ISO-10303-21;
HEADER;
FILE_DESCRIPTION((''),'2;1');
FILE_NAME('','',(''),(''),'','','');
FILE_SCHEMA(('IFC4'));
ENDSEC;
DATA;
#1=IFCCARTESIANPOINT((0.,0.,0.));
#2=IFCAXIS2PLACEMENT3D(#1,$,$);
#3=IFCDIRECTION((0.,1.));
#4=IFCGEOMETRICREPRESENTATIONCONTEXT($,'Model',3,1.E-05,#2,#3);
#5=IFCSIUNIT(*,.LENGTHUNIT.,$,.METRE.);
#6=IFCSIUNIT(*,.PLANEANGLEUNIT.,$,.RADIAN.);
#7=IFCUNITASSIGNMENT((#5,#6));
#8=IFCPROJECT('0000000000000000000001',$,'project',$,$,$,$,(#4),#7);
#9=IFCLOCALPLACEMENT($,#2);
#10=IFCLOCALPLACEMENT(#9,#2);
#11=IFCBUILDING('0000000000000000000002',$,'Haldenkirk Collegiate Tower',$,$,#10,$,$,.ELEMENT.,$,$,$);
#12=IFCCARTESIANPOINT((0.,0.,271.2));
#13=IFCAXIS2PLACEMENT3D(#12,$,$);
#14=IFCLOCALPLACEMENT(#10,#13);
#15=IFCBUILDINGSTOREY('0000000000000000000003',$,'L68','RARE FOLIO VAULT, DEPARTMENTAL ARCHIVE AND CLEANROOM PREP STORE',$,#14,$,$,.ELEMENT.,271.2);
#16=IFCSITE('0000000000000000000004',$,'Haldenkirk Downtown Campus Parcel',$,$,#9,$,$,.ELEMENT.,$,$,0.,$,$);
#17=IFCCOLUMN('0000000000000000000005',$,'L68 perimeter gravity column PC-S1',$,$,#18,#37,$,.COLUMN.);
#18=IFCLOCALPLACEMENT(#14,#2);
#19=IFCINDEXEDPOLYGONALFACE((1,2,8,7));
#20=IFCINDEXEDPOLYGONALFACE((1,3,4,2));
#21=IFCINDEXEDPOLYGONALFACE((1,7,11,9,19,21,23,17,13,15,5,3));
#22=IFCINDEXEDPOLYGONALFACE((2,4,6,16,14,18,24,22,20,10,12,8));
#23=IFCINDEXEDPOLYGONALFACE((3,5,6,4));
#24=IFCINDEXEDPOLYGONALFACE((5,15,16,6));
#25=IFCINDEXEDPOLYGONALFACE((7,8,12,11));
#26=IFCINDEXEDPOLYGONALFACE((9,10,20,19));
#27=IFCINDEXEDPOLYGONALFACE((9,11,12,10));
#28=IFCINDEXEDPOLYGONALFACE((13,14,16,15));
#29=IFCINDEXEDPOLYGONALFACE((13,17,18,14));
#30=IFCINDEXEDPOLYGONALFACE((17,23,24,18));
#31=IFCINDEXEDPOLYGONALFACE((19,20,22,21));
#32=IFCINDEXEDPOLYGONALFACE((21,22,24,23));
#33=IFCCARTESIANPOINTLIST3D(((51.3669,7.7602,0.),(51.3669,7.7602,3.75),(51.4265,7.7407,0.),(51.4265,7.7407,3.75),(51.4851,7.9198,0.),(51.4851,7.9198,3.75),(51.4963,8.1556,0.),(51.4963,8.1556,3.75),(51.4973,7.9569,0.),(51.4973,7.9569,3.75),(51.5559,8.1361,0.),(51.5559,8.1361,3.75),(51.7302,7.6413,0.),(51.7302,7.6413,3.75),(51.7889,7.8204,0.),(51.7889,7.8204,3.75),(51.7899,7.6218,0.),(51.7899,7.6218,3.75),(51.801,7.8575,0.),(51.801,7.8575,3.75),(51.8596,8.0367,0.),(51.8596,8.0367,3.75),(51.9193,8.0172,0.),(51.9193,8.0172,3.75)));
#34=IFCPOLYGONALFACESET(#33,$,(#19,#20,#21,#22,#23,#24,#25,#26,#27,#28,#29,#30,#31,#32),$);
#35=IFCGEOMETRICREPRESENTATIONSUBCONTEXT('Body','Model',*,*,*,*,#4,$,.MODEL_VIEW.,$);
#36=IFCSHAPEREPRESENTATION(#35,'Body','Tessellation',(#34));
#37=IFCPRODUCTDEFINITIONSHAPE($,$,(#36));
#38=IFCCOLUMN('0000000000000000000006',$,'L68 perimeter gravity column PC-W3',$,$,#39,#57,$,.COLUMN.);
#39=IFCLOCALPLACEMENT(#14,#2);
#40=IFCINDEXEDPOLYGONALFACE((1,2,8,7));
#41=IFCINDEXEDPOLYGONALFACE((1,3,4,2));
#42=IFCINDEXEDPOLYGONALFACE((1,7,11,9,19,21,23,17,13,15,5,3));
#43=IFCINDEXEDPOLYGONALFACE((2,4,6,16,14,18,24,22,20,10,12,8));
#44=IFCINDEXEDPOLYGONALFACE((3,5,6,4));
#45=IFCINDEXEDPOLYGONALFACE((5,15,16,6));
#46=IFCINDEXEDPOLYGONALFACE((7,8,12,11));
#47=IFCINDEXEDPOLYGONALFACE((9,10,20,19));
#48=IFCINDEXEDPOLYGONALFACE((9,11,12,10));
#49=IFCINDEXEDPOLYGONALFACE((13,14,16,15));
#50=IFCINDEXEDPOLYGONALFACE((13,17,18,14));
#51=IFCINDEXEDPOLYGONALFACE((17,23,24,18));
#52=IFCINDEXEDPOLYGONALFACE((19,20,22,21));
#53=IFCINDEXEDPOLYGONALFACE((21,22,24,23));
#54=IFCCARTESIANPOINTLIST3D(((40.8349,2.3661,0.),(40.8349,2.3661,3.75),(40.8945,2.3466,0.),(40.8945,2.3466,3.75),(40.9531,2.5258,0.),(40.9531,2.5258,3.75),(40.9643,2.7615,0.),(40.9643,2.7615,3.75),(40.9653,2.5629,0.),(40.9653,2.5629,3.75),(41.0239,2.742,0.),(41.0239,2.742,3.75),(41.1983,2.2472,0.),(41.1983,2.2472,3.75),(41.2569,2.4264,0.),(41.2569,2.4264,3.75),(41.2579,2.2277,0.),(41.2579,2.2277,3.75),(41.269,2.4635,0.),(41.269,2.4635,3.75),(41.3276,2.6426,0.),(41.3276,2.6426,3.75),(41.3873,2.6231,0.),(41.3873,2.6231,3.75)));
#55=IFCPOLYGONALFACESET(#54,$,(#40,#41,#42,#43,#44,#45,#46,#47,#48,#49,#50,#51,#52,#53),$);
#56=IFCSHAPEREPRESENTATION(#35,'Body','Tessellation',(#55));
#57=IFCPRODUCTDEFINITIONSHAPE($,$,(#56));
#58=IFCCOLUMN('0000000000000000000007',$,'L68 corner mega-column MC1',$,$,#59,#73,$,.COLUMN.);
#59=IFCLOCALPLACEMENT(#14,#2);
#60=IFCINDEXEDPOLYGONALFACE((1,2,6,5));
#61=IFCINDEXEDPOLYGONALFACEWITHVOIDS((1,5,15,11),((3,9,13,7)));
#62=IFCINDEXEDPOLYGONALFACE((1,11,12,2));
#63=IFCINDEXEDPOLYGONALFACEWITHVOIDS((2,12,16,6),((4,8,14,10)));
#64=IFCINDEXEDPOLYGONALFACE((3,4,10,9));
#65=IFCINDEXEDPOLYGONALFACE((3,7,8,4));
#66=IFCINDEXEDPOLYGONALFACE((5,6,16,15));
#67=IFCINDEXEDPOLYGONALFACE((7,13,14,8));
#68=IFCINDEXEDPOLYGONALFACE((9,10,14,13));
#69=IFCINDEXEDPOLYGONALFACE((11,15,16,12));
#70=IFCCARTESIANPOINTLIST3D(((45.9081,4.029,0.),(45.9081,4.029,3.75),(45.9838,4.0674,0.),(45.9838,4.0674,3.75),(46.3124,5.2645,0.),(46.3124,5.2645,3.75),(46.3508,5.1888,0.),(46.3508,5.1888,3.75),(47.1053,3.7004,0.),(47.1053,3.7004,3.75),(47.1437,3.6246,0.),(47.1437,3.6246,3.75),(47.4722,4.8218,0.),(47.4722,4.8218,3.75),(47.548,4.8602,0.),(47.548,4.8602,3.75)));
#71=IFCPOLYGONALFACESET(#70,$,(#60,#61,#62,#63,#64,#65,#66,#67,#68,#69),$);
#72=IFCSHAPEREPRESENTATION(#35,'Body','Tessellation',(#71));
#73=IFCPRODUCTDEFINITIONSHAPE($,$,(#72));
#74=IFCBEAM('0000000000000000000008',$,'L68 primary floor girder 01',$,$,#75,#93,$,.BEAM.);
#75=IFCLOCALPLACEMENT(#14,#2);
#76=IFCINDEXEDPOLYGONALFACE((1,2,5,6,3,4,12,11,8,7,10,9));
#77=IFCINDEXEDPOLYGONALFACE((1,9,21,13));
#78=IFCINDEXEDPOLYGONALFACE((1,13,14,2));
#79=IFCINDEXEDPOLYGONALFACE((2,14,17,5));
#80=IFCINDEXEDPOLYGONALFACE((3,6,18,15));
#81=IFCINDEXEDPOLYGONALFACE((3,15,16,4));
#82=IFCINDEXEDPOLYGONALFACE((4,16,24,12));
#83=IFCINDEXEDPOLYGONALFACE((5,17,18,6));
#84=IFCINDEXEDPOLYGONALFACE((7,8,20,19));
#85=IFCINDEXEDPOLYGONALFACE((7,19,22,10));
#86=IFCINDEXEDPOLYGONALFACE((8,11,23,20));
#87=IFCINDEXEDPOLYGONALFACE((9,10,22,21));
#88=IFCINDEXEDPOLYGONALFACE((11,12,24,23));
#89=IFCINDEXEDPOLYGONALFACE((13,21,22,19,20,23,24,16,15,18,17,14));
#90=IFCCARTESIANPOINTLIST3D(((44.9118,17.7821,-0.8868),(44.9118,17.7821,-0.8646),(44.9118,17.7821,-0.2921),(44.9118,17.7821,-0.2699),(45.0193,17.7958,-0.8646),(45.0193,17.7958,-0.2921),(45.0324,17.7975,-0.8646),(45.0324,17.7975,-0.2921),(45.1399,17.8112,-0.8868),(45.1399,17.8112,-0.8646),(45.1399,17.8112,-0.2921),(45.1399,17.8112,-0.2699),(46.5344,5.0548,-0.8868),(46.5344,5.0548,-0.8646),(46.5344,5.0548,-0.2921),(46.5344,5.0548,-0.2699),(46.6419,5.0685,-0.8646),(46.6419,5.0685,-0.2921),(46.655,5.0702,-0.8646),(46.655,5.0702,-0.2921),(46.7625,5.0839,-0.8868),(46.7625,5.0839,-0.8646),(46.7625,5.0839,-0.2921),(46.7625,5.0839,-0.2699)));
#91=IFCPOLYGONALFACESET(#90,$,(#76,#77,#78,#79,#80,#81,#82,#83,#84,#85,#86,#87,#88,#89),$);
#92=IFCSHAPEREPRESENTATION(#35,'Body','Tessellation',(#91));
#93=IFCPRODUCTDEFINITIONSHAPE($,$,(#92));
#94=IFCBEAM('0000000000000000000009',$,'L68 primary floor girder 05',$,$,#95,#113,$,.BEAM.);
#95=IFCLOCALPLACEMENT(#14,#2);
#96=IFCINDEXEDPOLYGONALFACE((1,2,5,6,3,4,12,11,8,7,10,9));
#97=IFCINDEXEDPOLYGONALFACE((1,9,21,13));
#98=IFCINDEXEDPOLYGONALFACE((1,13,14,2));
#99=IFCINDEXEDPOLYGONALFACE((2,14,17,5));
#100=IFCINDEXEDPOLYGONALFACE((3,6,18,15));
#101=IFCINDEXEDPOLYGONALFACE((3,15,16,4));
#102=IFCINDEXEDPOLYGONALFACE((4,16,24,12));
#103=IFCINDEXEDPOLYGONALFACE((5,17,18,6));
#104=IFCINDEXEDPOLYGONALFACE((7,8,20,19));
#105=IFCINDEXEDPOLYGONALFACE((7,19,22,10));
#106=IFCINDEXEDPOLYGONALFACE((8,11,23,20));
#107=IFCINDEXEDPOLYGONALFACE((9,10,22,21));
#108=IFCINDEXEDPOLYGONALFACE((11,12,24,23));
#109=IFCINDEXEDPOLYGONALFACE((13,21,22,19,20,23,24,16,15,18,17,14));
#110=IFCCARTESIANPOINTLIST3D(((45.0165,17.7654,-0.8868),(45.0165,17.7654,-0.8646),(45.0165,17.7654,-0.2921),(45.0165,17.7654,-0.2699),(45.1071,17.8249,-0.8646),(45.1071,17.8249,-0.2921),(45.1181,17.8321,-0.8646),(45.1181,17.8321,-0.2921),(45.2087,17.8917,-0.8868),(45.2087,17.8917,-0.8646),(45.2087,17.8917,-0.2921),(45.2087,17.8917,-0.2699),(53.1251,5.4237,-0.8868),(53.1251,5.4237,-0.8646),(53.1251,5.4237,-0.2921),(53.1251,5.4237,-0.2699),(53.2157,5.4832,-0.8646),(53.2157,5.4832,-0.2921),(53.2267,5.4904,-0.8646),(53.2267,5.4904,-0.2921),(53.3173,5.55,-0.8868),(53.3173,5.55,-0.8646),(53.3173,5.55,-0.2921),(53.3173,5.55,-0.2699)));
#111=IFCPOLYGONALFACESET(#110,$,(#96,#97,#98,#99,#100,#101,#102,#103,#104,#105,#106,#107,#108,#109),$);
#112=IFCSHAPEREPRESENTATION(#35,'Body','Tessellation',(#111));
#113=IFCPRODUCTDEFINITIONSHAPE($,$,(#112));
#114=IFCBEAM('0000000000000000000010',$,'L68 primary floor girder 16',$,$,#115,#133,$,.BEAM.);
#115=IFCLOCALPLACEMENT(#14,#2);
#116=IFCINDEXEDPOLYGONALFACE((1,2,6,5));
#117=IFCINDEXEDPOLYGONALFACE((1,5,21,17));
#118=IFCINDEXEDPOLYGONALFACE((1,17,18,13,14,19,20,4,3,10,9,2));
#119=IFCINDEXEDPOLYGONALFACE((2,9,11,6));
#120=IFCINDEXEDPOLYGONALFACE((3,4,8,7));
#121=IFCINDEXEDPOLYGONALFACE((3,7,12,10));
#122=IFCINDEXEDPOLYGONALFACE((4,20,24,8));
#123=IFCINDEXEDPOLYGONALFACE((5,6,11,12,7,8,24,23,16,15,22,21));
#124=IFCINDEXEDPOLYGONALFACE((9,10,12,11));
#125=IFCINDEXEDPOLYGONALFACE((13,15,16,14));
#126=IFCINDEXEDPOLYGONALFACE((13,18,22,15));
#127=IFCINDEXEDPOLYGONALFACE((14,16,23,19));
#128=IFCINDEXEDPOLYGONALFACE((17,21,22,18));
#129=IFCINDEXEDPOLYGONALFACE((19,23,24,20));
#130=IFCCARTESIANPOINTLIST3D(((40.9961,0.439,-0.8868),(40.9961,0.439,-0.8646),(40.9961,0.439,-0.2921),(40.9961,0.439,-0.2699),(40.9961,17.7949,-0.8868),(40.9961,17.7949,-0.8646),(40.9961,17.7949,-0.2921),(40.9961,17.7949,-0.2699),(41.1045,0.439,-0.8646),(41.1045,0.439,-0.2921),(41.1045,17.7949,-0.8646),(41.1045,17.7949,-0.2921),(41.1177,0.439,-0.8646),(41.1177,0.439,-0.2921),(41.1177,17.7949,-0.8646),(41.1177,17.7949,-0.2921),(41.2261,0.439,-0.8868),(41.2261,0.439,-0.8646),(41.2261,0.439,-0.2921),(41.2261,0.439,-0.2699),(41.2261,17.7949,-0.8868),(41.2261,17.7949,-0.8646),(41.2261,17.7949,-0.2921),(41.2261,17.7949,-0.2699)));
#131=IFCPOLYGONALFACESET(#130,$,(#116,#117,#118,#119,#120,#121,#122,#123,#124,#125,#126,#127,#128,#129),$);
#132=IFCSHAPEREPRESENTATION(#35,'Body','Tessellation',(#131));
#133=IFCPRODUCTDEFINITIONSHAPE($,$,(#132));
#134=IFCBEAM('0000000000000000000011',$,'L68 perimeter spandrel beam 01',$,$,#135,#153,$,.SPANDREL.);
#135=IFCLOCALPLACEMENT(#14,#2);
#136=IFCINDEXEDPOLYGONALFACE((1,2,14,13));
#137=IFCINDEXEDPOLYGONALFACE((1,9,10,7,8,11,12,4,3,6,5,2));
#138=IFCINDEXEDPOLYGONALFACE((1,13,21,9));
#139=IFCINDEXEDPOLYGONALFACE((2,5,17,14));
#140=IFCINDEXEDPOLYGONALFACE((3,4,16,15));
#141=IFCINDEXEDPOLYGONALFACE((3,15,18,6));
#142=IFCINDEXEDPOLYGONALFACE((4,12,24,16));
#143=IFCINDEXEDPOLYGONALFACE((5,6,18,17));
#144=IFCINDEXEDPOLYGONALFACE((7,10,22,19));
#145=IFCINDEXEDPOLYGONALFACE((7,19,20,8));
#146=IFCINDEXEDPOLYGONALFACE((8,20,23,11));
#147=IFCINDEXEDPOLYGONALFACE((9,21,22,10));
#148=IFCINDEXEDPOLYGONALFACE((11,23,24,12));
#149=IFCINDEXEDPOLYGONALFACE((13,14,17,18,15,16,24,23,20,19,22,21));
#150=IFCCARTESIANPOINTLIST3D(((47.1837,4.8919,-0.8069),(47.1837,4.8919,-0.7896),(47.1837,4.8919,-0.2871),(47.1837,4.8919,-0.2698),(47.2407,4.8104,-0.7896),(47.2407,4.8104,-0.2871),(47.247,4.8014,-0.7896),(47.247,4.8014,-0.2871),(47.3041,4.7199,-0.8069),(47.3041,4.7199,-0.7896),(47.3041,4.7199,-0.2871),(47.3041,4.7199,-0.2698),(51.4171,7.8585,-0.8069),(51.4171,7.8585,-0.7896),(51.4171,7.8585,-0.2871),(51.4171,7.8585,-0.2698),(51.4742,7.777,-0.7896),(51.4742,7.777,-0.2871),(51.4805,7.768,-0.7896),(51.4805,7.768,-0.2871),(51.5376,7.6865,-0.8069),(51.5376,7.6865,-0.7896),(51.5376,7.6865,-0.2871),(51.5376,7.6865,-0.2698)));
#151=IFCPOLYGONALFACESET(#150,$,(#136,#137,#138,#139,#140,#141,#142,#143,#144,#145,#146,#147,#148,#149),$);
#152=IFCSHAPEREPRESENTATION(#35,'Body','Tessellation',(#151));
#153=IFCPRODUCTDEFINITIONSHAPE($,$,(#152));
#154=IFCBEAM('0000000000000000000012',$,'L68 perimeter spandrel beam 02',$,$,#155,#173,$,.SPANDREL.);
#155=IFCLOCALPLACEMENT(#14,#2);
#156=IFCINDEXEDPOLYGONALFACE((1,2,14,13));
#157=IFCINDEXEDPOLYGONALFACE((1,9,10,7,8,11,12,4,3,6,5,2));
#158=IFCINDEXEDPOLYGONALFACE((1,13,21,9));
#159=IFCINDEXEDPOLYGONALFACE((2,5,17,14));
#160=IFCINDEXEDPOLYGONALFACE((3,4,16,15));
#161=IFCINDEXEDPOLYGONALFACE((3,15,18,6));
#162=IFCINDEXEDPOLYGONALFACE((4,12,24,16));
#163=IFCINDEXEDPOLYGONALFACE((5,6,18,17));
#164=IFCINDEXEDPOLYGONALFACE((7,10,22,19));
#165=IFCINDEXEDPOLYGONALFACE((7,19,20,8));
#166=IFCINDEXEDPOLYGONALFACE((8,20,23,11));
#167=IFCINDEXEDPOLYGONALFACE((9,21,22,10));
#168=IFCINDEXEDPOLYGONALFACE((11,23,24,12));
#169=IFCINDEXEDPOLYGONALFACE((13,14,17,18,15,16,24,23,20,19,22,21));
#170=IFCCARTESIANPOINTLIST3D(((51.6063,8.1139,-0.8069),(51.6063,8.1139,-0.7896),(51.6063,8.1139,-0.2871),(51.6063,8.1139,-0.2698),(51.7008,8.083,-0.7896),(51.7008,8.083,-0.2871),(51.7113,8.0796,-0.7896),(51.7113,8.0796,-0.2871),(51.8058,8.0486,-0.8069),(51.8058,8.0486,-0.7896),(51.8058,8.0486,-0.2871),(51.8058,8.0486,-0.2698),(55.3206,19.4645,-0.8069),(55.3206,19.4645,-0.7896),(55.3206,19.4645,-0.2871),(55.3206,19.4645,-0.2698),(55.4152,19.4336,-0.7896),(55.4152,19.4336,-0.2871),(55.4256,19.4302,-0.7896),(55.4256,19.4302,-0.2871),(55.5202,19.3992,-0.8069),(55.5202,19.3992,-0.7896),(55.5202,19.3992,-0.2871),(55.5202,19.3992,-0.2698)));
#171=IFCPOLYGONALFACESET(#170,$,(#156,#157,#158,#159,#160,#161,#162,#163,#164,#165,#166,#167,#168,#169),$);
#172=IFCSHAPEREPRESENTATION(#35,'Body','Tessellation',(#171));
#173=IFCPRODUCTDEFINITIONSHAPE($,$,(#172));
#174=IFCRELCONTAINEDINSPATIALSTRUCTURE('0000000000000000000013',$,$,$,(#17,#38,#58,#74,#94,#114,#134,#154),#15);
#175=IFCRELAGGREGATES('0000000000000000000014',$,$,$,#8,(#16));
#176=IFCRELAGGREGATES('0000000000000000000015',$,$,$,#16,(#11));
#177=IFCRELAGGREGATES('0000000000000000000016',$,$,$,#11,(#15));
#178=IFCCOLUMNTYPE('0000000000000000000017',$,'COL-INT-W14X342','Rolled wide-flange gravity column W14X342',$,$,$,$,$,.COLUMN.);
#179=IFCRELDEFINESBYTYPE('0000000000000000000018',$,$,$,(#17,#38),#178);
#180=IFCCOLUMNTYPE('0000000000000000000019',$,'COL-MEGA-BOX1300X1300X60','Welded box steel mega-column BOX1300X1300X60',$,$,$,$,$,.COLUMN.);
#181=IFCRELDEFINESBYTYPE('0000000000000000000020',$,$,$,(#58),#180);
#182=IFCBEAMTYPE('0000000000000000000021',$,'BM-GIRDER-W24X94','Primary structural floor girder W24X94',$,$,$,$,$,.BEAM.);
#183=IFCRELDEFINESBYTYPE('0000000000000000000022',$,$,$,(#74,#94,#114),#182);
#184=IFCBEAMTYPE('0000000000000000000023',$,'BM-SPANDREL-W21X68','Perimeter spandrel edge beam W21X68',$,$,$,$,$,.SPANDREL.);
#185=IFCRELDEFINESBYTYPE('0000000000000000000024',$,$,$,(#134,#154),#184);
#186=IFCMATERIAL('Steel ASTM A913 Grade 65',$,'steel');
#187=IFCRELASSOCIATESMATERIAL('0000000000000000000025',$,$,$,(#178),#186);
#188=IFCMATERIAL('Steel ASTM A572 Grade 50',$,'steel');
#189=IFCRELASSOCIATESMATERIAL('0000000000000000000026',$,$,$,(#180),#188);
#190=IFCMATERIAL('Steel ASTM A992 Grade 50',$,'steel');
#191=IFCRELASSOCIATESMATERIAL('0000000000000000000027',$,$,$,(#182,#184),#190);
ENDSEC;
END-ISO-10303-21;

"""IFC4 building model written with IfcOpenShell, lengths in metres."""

from ifc_helpers import new_model, si_unit, direction, frame, origin, origin_2d, place, context, subcontext, project, spatial, hollow_rectangle, i_section, extrude, material, material_profile, profile_set, type_object, element, save


model = new_model("IFC4")

# Units and contexts
model_context = context("Model", 3, precision=1e-05, world=origin(), true_north=direction((0.0, 1.0)))
body_context = subcontext(model_context, "Body", "Model", "MODEL_VIEW")
ifc_project = project(units=[si_unit("LENGTHUNIT", "METRE"), si_unit("PLANEANGLEUNIT", "RADIAN")], contexts=[model_context])

# Site, building, storey
site_placement = place(None, origin())
site = spatial("IfcSite", under=ifc_project, at=site_placement, Name="Haldenkirk Downtown Campus Parcel", CompositionType="ELEMENT", RefElevation=0.0)
building_placement = place(site_placement, origin())
building = spatial("IfcBuilding", under=site, at=building_placement, Name="Haldenkirk Collegiate Tower", CompositionType="ELEMENT")
storey_placement = place(building_placement, frame((0.0, 0.0, 271.2)))
storey = spatial("IfcBuildingStorey", under=building, at=storey_placement, Name="L68", Description="RARE FOLIO VAULT, DEPARTMENTAL ARCHIVE AND CLEANROOM PREP STORE", CompositionType="ELEMENT", Elevation=271.2)

# Columns
ifc_material_1 = material(Name="Steel ASTM A913 Grade 65", Category="steel")
ifc_material_profile_1 = material_profile(ifc_material_1, i_section(OverallWidth=0.416, OverallDepth=0.4451, WebThickness=0.0391, FlangeThickness=0.0627, at=origin_2d()), Name="W14X342")
ifc_profile_set_1 = profile_set([ifc_material_profile_1], Name="Steel ASTM A913 Grade 65")
column_type_1 = type_object("IfcColumnType", Name="COL-INT-W14X342", Description="Rolled wide-flange gravity column W14X342", PredefinedType="COLUMN", material=ifc_profile_set_1)
for number, where, z_axis, x_axis, name in (
    (1, (51.6431, 7.8887, 0.0), (0.0, 0.0, 1.0), (0.311008, 0.950407, 0.0), "L68 perimeter gravity column PC-S1"),
    (2, (41.1111, 2.4946, 0.0), (0.0, 0.0, 1.0), (0.311008, 0.950407, 0.0), "L68 perimeter gravity column PC-W3"),
):
    element("IfcColumn", number, at=place(storey_placement, frame(where, z_axis=z_axis, x_axis=x_axis)), inside=storey, type_object=column_type_1, Name=name, PredefinedType="COLUMN", context=body_context, shape_type="SweptSolid", body=[
        extrude(i_section(OverallWidth=0.416, OverallDepth=0.4451, WebThickness=0.0391, FlangeThickness=0.0627, at=origin_2d()), origin(), (0.0, 0.0, 1.0), 3.75),
    ])
ifc_material_2 = material(Name="Steel ASTM A572 Grade 50", Category="steel")
ifc_material_profile_2 = material_profile(ifc_material_2, hollow_rectangle(XDim=1.3, YDim=1.3, WallThickness=0.0601, at=origin_2d()), Name="BOX1300X1300X60")
ifc_profile_set_2 = profile_set([ifc_material_profile_2], Name="Steel ASTM A572 Grade 50")
column_type_2 = type_object("IfcColumnType", Name="COL-MEGA-BOX1300X1300X60", Description="Welded box steel mega-column BOX1300X1300X60", PredefinedType="COLUMN", material=ifc_profile_set_2)
column_placement = place(storey_placement, frame((46.728, 4.4446, 0.0), z_axis=(0.0, 0.0, 1.0), x_axis=(0.311008, 0.950407, 0.0)))
element("IfcColumn", 3, at=column_placement, inside=storey, type_object=column_type_2, Name="L68 corner mega-column MC1", PredefinedType="COLUMN", context=body_context, shape_type="SweptSolid", body=[
    extrude(hollow_rectangle(XDim=1.3, YDim=1.3, WallThickness=0.0601, at=origin_2d()), origin(), (0.0, 0.0, 1.0), 3.75),
])

# Beams
ifc_material_3 = material(Name="Steel ASTM A992 Grade 50", Category="steel")
ifc_material_profile_3 = material_profile(ifc_material_3, i_section(OverallWidth=0.23, OverallDepth=0.6169, WebThickness=0.0132, FlangeThickness=0.0222, at=origin_2d()), Name="W24X94")
ifc_profile_set_3 = profile_set([ifc_material_profile_3], Name="Steel ASTM A992 Grade 50")
beam_type_1 = type_object("IfcBeamType", Name="BM-GIRDER-W24X94", Description="Primary structural floor girder W24X94", PredefinedType="BEAM", material=ifc_profile_set_3)
beam_1_placement = place(storey_placement, frame((46.6484, 5.0693, -0.5784), z_axis=(-0.126463, 0.991971, 0.0), x_axis=(-0.991971, -0.126463, 0.0)))
element("IfcBeam", 4, at=beam_1_placement, inside=storey, type_object=beam_type_1, Name="L68 primary floor girder 01", PredefinedType="BEAM", context=body_context, shape_type="SweptSolid", body=[
    extrude(i_section(OverallWidth=0.23, OverallDepth=0.6169, WebThickness=0.0132, FlangeThickness=0.0222, at=origin_2d()), origin(), (0.0, 0.0, 1.0), 12.8303),
])
beam_2_placement = place(storey_placement, frame((53.2212, 5.4868, -0.5784), z_axis=(-0.549098, 0.835758, 0.0), x_axis=(-0.835758, -0.549098, 0.0)))
element("IfcBeam", 5, at=beam_2_placement, inside=storey, type_object=beam_type_1, Name="L68 primary floor girder 05", PredefinedType="BEAM", context=body_context, shape_type="SweptSolid", body=[
    extrude(i_section(OverallWidth=0.23, OverallDepth=0.6169, WebThickness=0.0132, FlangeThickness=0.0222, at=origin_2d()), origin(), (0.0, 0.0, 1.0), 14.7671),
])
beam_3_placement = place(storey_placement, frame((41.1111, 0.439, -0.5784), z_axis=(0.0, 1.0, 0.0), x_axis=(-1.0, 0.0, 0.0)))
element("IfcBeam", 6, at=beam_3_placement, inside=storey, type_object=beam_type_1, Name="L68 primary floor girder 16", PredefinedType="BEAM", context=body_context, shape_type="SweptSolid", body=[
    extrude(i_section(OverallWidth=0.23, OverallDepth=0.6169, WebThickness=0.0132, FlangeThickness=0.0222, at=origin_2d()), origin(), (0.0, 0.0, 1.0), 17.356),
])
ifc_material_profile_4 = material_profile(ifc_material_3, i_section(OverallWidth=0.21, OverallDepth=0.5371, WebThickness=0.011, FlangeThickness=0.0173, at=origin_2d()), Name="W21X68")
ifc_profile_set_4 = profile_set([ifc_material_profile_4], Name="Steel ASTM A992 Grade 50")
beam_type_2 = type_object("IfcBeamType", Name="BM-SPANDREL-W21X68", Description="Perimeter spandrel edge beam W21X68", PredefinedType="SPANDREL", material=ifc_profile_set_4)
beam_4_placement = place(storey_placement, frame((47.2439, 4.8059, -0.5383), z_axis=(0.818943, 0.573874, 0.0), x_axis=(-0.573874, 0.818943, 0.0)))
element("IfcBeam", 7, at=beam_4_placement, inside=storey, type_object=beam_type_2, Name="L68 perimeter spandrel beam 01", PredefinedType="SPANDREL", context=body_context, shape_type="SweptSolid", body=[
    extrude(i_section(OverallWidth=0.21, OverallDepth=0.5371, WebThickness=0.011, FlangeThickness=0.0173, at=origin_2d()), origin(), (0.0, 0.0, 1.0), 5.1694),
])
beam_5_placement = place(storey_placement, frame((51.7061, 8.0813, -0.5383), z_axis=(0.31101, 0.950407, 0.0), x_axis=(-0.950407, 0.31101, 0.0)))
element("IfcBeam", 8, at=beam_5_placement, inside=storey, type_object=beam_type_2, Name="L68 perimeter spandrel beam 02", PredefinedType="SPANDREL", context=body_context, shape_type="SweptSolid", body=[
    extrude(i_section(OverallWidth=0.21, OverallDepth=0.5371, WebThickness=0.011, FlangeThickness=0.0173, at=origin_2d()), origin(), (0.0, 0.0, 1.0), 11.9429),
])

save(model, "model.ifc")
